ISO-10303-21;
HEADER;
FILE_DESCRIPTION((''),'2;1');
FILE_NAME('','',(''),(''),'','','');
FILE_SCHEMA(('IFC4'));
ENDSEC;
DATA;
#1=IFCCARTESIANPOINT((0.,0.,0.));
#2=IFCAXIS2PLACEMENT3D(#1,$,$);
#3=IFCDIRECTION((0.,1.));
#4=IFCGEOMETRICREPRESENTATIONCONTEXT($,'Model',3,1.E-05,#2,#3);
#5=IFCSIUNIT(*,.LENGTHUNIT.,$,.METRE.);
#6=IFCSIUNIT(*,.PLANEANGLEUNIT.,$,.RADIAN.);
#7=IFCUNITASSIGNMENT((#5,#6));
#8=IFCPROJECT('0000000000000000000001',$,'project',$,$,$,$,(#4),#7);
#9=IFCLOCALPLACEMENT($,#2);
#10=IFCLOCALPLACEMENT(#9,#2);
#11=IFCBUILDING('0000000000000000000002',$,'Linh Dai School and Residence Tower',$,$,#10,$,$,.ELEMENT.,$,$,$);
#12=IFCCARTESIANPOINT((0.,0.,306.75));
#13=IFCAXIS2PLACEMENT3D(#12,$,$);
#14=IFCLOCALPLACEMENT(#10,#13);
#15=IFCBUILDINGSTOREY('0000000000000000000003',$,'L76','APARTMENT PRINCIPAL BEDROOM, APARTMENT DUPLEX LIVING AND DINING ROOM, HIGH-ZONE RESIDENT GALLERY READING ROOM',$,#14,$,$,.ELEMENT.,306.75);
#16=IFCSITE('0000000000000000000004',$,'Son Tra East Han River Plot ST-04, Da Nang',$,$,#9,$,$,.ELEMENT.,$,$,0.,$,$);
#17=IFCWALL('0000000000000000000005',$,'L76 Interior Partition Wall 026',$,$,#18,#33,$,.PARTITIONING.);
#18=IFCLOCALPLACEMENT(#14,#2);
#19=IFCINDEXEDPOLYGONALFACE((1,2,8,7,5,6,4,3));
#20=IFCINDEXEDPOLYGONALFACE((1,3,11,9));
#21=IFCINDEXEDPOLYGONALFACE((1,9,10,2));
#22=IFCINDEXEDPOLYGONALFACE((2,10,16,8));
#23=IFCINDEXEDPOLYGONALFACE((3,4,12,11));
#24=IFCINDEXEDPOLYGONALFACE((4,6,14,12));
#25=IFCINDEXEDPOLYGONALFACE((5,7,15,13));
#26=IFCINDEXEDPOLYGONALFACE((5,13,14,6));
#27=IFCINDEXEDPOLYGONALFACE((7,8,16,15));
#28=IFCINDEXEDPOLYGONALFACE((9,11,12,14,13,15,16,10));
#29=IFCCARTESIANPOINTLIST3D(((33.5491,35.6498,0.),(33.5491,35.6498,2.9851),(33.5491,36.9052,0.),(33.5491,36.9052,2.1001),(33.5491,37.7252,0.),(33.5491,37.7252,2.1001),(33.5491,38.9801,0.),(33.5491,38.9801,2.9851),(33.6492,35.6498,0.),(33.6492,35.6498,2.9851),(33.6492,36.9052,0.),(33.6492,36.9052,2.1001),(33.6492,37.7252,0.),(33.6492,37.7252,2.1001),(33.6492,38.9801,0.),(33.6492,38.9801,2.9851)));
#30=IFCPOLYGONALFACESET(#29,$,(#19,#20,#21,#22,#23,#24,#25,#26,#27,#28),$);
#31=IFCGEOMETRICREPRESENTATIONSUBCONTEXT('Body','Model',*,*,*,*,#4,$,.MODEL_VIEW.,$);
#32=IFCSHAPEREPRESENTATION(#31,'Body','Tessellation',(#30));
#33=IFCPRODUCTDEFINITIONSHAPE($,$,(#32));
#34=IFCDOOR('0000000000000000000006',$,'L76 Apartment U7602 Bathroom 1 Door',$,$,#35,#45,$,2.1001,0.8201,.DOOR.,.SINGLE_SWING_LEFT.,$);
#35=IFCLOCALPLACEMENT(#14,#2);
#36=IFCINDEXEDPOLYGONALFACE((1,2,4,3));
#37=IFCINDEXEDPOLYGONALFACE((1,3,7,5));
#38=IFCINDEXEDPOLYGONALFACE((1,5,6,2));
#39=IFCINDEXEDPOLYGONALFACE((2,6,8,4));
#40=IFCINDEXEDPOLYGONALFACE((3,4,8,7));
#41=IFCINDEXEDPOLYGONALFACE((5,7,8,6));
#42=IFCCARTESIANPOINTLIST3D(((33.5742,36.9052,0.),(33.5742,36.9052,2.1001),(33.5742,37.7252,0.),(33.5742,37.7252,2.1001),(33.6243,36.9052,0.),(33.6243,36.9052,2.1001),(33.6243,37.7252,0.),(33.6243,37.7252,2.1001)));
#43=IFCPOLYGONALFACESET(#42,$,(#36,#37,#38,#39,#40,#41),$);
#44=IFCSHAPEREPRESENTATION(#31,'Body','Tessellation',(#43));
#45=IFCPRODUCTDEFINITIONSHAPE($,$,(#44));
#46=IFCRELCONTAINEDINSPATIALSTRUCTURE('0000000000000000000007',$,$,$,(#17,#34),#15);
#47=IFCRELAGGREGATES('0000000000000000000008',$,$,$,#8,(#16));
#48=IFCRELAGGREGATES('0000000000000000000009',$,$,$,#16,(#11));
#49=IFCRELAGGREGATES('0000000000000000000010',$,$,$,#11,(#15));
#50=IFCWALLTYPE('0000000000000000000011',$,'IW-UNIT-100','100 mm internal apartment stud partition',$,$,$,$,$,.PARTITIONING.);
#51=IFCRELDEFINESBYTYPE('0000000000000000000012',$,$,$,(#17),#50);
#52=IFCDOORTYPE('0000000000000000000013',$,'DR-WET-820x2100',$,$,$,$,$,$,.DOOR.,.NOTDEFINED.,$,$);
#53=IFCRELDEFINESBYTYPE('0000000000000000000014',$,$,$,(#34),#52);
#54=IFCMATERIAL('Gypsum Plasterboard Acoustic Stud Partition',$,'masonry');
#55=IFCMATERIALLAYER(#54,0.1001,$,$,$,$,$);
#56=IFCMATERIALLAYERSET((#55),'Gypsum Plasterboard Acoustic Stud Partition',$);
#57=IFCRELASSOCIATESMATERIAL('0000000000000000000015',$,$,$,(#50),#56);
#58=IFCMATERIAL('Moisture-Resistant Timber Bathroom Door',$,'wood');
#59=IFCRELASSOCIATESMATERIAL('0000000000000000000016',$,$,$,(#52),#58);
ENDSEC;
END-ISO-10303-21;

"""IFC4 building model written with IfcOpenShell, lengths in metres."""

from ifc_helpers import new_model, si_unit, direction, frame, frame_2d, origin, origin_2d, place, context, subcontext, project, spatial, rectangle, extrude, source, transform, mapped, material, layer, layer_set, type_object, element, fill, save


model = new_model("IFC4")

# Units and contexts
model_context = context("Model", 3, precision=1e-05, world=origin(), true_north=direction((0.0, 1.0)))
body_context = subcontext(model_context, "Body", "Model", "MODEL_VIEW")
ifc_project = project(units=[si_unit("LENGTHUNIT", "METRE"), si_unit("PLANEANGLEUNIT", "RADIAN")], contexts=[model_context])

# Site, building, storey
site_placement = place(None, origin())
site = spatial("IfcSite", under=ifc_project, at=site_placement, Name="Son Tra East Han River Plot ST-04, Da Nang", CompositionType="ELEMENT", RefElevation=0.0)
building_placement = place(site_placement, origin())
building = spatial("IfcBuilding", under=site, at=building_placement, Name="Linh Dai School and Residence Tower", CompositionType="ELEMENT")
storey_placement = place(building_placement, frame((0.0, 0.0, 306.75)))
storey = spatial("IfcBuildingStorey", under=building, at=storey_placement, Name="L76", Description="APARTMENT PRINCIPAL BEDROOM, APARTMENT DUPLEX LIVING AND DINING ROOM, HIGH-ZONE RESIDENT GALLERY READING ROOM", CompositionType="ELEMENT", Elevation=306.75)

# Shared definitions
ifc_material_1 = material(Name="Gypsum Plasterboard Acoustic Stud Partition", Category="masonry")
ifc_layer_1 = layer(ifc_material_1, 0.1001)
ifc_layer_set_1 = layer_set([ifc_layer_1], Name="Gypsum Plasterboard Acoustic Stud Partition")
wall_type_1 = type_object("IfcWallType", Name="IW-UNIT-100", Description="100 mm internal apartment stud partition", PredefinedType="PARTITIONING", material=ifc_layer_set_1)

# Wall, opening, door
wall_1_placement = place(storey_placement, frame((33.5991, 35.6499, 0.0), z_axis=(0.0, 0.0, 1.0), x_axis=(0.0, 1.0, 0.0)))
wall_1 = element("IfcWall", 1, at=wall_1_placement, inside=storey, type_object=wall_type_1, Name="L76 Interior Partition Wall 026", PredefinedType="PARTITIONING", context=body_context, shape_type="SweptSolid", body=[
    extrude(rectangle(XDim=3.3303, YDim=0.1001, at=frame_2d((1.665, 0.0))), origin(), (0.0, 0.0, 1.0), 2.9851),
])
opening_1_placement = place(wall_1_placement, frame((1.2551, 0.0, 0.0)))
opening_1 = element("IfcOpeningElement", 2, at=opening_1_placement, cuts=wall_1, PredefinedType="OPENING", context=body_context, shape_type="SweptSolid", body=[
    extrude(rectangle(XDim=0.8201, YDim=2.1001, at=origin_2d()), frame((0.4102, 0.0601, 1.05), z_axis=(0.0, -1.0, 0.0), x_axis=(1.0, 0.0, 0.0)), (0.0, 0.0, 1.0), 0.1201),
])
ifc_material_2 = material(Name="Moisture-Resistant Timber Bathroom Door", Category="wood")
door_type_1 = type_object("IfcDoorType", Name="DR-WET-820x2100", OperationType="NOTDEFINED", PredefinedType="DOOR", material=ifc_material_2)
shared_shape_1 = source(origin(), body_context, "Body", "SweptSolid", [
    extrude(rectangle(XDim=0.8201, YDim=2.1001, at=origin_2d()), frame((0.4102, 0.0249, 1.05), z_axis=(0.0, -1.0, 0.0), x_axis=(1.0, 0.0, 0.0)), (0.0, 0.0, 1.0), 0.05),
])
door_1_placement = place(opening_1_placement, origin())
door_1 = element("IfcDoor", 3, at=door_1_placement, inside=storey, type_object=door_type_1, Name="L76 Apartment U7602 Bathroom 1 Door", OperationType="SINGLE_SWING_LEFT", OverallHeight=2.1001, OverallWidth=0.8201, PredefinedType="DOOR", context=body_context, shape_type="MappedRepresentation", body=[
    mapped(shared_shape_1, transform((0.0, 0.0, 0.0), x_axis=(1.0, 0.0, 0.0), y_axis=(0.0, 1.0, 0.0), z_axis=(0.0, 0.0, 1.0), scale=1.0)),
])
fill(opening_1, door_1)

save(model, "model.ifc")
